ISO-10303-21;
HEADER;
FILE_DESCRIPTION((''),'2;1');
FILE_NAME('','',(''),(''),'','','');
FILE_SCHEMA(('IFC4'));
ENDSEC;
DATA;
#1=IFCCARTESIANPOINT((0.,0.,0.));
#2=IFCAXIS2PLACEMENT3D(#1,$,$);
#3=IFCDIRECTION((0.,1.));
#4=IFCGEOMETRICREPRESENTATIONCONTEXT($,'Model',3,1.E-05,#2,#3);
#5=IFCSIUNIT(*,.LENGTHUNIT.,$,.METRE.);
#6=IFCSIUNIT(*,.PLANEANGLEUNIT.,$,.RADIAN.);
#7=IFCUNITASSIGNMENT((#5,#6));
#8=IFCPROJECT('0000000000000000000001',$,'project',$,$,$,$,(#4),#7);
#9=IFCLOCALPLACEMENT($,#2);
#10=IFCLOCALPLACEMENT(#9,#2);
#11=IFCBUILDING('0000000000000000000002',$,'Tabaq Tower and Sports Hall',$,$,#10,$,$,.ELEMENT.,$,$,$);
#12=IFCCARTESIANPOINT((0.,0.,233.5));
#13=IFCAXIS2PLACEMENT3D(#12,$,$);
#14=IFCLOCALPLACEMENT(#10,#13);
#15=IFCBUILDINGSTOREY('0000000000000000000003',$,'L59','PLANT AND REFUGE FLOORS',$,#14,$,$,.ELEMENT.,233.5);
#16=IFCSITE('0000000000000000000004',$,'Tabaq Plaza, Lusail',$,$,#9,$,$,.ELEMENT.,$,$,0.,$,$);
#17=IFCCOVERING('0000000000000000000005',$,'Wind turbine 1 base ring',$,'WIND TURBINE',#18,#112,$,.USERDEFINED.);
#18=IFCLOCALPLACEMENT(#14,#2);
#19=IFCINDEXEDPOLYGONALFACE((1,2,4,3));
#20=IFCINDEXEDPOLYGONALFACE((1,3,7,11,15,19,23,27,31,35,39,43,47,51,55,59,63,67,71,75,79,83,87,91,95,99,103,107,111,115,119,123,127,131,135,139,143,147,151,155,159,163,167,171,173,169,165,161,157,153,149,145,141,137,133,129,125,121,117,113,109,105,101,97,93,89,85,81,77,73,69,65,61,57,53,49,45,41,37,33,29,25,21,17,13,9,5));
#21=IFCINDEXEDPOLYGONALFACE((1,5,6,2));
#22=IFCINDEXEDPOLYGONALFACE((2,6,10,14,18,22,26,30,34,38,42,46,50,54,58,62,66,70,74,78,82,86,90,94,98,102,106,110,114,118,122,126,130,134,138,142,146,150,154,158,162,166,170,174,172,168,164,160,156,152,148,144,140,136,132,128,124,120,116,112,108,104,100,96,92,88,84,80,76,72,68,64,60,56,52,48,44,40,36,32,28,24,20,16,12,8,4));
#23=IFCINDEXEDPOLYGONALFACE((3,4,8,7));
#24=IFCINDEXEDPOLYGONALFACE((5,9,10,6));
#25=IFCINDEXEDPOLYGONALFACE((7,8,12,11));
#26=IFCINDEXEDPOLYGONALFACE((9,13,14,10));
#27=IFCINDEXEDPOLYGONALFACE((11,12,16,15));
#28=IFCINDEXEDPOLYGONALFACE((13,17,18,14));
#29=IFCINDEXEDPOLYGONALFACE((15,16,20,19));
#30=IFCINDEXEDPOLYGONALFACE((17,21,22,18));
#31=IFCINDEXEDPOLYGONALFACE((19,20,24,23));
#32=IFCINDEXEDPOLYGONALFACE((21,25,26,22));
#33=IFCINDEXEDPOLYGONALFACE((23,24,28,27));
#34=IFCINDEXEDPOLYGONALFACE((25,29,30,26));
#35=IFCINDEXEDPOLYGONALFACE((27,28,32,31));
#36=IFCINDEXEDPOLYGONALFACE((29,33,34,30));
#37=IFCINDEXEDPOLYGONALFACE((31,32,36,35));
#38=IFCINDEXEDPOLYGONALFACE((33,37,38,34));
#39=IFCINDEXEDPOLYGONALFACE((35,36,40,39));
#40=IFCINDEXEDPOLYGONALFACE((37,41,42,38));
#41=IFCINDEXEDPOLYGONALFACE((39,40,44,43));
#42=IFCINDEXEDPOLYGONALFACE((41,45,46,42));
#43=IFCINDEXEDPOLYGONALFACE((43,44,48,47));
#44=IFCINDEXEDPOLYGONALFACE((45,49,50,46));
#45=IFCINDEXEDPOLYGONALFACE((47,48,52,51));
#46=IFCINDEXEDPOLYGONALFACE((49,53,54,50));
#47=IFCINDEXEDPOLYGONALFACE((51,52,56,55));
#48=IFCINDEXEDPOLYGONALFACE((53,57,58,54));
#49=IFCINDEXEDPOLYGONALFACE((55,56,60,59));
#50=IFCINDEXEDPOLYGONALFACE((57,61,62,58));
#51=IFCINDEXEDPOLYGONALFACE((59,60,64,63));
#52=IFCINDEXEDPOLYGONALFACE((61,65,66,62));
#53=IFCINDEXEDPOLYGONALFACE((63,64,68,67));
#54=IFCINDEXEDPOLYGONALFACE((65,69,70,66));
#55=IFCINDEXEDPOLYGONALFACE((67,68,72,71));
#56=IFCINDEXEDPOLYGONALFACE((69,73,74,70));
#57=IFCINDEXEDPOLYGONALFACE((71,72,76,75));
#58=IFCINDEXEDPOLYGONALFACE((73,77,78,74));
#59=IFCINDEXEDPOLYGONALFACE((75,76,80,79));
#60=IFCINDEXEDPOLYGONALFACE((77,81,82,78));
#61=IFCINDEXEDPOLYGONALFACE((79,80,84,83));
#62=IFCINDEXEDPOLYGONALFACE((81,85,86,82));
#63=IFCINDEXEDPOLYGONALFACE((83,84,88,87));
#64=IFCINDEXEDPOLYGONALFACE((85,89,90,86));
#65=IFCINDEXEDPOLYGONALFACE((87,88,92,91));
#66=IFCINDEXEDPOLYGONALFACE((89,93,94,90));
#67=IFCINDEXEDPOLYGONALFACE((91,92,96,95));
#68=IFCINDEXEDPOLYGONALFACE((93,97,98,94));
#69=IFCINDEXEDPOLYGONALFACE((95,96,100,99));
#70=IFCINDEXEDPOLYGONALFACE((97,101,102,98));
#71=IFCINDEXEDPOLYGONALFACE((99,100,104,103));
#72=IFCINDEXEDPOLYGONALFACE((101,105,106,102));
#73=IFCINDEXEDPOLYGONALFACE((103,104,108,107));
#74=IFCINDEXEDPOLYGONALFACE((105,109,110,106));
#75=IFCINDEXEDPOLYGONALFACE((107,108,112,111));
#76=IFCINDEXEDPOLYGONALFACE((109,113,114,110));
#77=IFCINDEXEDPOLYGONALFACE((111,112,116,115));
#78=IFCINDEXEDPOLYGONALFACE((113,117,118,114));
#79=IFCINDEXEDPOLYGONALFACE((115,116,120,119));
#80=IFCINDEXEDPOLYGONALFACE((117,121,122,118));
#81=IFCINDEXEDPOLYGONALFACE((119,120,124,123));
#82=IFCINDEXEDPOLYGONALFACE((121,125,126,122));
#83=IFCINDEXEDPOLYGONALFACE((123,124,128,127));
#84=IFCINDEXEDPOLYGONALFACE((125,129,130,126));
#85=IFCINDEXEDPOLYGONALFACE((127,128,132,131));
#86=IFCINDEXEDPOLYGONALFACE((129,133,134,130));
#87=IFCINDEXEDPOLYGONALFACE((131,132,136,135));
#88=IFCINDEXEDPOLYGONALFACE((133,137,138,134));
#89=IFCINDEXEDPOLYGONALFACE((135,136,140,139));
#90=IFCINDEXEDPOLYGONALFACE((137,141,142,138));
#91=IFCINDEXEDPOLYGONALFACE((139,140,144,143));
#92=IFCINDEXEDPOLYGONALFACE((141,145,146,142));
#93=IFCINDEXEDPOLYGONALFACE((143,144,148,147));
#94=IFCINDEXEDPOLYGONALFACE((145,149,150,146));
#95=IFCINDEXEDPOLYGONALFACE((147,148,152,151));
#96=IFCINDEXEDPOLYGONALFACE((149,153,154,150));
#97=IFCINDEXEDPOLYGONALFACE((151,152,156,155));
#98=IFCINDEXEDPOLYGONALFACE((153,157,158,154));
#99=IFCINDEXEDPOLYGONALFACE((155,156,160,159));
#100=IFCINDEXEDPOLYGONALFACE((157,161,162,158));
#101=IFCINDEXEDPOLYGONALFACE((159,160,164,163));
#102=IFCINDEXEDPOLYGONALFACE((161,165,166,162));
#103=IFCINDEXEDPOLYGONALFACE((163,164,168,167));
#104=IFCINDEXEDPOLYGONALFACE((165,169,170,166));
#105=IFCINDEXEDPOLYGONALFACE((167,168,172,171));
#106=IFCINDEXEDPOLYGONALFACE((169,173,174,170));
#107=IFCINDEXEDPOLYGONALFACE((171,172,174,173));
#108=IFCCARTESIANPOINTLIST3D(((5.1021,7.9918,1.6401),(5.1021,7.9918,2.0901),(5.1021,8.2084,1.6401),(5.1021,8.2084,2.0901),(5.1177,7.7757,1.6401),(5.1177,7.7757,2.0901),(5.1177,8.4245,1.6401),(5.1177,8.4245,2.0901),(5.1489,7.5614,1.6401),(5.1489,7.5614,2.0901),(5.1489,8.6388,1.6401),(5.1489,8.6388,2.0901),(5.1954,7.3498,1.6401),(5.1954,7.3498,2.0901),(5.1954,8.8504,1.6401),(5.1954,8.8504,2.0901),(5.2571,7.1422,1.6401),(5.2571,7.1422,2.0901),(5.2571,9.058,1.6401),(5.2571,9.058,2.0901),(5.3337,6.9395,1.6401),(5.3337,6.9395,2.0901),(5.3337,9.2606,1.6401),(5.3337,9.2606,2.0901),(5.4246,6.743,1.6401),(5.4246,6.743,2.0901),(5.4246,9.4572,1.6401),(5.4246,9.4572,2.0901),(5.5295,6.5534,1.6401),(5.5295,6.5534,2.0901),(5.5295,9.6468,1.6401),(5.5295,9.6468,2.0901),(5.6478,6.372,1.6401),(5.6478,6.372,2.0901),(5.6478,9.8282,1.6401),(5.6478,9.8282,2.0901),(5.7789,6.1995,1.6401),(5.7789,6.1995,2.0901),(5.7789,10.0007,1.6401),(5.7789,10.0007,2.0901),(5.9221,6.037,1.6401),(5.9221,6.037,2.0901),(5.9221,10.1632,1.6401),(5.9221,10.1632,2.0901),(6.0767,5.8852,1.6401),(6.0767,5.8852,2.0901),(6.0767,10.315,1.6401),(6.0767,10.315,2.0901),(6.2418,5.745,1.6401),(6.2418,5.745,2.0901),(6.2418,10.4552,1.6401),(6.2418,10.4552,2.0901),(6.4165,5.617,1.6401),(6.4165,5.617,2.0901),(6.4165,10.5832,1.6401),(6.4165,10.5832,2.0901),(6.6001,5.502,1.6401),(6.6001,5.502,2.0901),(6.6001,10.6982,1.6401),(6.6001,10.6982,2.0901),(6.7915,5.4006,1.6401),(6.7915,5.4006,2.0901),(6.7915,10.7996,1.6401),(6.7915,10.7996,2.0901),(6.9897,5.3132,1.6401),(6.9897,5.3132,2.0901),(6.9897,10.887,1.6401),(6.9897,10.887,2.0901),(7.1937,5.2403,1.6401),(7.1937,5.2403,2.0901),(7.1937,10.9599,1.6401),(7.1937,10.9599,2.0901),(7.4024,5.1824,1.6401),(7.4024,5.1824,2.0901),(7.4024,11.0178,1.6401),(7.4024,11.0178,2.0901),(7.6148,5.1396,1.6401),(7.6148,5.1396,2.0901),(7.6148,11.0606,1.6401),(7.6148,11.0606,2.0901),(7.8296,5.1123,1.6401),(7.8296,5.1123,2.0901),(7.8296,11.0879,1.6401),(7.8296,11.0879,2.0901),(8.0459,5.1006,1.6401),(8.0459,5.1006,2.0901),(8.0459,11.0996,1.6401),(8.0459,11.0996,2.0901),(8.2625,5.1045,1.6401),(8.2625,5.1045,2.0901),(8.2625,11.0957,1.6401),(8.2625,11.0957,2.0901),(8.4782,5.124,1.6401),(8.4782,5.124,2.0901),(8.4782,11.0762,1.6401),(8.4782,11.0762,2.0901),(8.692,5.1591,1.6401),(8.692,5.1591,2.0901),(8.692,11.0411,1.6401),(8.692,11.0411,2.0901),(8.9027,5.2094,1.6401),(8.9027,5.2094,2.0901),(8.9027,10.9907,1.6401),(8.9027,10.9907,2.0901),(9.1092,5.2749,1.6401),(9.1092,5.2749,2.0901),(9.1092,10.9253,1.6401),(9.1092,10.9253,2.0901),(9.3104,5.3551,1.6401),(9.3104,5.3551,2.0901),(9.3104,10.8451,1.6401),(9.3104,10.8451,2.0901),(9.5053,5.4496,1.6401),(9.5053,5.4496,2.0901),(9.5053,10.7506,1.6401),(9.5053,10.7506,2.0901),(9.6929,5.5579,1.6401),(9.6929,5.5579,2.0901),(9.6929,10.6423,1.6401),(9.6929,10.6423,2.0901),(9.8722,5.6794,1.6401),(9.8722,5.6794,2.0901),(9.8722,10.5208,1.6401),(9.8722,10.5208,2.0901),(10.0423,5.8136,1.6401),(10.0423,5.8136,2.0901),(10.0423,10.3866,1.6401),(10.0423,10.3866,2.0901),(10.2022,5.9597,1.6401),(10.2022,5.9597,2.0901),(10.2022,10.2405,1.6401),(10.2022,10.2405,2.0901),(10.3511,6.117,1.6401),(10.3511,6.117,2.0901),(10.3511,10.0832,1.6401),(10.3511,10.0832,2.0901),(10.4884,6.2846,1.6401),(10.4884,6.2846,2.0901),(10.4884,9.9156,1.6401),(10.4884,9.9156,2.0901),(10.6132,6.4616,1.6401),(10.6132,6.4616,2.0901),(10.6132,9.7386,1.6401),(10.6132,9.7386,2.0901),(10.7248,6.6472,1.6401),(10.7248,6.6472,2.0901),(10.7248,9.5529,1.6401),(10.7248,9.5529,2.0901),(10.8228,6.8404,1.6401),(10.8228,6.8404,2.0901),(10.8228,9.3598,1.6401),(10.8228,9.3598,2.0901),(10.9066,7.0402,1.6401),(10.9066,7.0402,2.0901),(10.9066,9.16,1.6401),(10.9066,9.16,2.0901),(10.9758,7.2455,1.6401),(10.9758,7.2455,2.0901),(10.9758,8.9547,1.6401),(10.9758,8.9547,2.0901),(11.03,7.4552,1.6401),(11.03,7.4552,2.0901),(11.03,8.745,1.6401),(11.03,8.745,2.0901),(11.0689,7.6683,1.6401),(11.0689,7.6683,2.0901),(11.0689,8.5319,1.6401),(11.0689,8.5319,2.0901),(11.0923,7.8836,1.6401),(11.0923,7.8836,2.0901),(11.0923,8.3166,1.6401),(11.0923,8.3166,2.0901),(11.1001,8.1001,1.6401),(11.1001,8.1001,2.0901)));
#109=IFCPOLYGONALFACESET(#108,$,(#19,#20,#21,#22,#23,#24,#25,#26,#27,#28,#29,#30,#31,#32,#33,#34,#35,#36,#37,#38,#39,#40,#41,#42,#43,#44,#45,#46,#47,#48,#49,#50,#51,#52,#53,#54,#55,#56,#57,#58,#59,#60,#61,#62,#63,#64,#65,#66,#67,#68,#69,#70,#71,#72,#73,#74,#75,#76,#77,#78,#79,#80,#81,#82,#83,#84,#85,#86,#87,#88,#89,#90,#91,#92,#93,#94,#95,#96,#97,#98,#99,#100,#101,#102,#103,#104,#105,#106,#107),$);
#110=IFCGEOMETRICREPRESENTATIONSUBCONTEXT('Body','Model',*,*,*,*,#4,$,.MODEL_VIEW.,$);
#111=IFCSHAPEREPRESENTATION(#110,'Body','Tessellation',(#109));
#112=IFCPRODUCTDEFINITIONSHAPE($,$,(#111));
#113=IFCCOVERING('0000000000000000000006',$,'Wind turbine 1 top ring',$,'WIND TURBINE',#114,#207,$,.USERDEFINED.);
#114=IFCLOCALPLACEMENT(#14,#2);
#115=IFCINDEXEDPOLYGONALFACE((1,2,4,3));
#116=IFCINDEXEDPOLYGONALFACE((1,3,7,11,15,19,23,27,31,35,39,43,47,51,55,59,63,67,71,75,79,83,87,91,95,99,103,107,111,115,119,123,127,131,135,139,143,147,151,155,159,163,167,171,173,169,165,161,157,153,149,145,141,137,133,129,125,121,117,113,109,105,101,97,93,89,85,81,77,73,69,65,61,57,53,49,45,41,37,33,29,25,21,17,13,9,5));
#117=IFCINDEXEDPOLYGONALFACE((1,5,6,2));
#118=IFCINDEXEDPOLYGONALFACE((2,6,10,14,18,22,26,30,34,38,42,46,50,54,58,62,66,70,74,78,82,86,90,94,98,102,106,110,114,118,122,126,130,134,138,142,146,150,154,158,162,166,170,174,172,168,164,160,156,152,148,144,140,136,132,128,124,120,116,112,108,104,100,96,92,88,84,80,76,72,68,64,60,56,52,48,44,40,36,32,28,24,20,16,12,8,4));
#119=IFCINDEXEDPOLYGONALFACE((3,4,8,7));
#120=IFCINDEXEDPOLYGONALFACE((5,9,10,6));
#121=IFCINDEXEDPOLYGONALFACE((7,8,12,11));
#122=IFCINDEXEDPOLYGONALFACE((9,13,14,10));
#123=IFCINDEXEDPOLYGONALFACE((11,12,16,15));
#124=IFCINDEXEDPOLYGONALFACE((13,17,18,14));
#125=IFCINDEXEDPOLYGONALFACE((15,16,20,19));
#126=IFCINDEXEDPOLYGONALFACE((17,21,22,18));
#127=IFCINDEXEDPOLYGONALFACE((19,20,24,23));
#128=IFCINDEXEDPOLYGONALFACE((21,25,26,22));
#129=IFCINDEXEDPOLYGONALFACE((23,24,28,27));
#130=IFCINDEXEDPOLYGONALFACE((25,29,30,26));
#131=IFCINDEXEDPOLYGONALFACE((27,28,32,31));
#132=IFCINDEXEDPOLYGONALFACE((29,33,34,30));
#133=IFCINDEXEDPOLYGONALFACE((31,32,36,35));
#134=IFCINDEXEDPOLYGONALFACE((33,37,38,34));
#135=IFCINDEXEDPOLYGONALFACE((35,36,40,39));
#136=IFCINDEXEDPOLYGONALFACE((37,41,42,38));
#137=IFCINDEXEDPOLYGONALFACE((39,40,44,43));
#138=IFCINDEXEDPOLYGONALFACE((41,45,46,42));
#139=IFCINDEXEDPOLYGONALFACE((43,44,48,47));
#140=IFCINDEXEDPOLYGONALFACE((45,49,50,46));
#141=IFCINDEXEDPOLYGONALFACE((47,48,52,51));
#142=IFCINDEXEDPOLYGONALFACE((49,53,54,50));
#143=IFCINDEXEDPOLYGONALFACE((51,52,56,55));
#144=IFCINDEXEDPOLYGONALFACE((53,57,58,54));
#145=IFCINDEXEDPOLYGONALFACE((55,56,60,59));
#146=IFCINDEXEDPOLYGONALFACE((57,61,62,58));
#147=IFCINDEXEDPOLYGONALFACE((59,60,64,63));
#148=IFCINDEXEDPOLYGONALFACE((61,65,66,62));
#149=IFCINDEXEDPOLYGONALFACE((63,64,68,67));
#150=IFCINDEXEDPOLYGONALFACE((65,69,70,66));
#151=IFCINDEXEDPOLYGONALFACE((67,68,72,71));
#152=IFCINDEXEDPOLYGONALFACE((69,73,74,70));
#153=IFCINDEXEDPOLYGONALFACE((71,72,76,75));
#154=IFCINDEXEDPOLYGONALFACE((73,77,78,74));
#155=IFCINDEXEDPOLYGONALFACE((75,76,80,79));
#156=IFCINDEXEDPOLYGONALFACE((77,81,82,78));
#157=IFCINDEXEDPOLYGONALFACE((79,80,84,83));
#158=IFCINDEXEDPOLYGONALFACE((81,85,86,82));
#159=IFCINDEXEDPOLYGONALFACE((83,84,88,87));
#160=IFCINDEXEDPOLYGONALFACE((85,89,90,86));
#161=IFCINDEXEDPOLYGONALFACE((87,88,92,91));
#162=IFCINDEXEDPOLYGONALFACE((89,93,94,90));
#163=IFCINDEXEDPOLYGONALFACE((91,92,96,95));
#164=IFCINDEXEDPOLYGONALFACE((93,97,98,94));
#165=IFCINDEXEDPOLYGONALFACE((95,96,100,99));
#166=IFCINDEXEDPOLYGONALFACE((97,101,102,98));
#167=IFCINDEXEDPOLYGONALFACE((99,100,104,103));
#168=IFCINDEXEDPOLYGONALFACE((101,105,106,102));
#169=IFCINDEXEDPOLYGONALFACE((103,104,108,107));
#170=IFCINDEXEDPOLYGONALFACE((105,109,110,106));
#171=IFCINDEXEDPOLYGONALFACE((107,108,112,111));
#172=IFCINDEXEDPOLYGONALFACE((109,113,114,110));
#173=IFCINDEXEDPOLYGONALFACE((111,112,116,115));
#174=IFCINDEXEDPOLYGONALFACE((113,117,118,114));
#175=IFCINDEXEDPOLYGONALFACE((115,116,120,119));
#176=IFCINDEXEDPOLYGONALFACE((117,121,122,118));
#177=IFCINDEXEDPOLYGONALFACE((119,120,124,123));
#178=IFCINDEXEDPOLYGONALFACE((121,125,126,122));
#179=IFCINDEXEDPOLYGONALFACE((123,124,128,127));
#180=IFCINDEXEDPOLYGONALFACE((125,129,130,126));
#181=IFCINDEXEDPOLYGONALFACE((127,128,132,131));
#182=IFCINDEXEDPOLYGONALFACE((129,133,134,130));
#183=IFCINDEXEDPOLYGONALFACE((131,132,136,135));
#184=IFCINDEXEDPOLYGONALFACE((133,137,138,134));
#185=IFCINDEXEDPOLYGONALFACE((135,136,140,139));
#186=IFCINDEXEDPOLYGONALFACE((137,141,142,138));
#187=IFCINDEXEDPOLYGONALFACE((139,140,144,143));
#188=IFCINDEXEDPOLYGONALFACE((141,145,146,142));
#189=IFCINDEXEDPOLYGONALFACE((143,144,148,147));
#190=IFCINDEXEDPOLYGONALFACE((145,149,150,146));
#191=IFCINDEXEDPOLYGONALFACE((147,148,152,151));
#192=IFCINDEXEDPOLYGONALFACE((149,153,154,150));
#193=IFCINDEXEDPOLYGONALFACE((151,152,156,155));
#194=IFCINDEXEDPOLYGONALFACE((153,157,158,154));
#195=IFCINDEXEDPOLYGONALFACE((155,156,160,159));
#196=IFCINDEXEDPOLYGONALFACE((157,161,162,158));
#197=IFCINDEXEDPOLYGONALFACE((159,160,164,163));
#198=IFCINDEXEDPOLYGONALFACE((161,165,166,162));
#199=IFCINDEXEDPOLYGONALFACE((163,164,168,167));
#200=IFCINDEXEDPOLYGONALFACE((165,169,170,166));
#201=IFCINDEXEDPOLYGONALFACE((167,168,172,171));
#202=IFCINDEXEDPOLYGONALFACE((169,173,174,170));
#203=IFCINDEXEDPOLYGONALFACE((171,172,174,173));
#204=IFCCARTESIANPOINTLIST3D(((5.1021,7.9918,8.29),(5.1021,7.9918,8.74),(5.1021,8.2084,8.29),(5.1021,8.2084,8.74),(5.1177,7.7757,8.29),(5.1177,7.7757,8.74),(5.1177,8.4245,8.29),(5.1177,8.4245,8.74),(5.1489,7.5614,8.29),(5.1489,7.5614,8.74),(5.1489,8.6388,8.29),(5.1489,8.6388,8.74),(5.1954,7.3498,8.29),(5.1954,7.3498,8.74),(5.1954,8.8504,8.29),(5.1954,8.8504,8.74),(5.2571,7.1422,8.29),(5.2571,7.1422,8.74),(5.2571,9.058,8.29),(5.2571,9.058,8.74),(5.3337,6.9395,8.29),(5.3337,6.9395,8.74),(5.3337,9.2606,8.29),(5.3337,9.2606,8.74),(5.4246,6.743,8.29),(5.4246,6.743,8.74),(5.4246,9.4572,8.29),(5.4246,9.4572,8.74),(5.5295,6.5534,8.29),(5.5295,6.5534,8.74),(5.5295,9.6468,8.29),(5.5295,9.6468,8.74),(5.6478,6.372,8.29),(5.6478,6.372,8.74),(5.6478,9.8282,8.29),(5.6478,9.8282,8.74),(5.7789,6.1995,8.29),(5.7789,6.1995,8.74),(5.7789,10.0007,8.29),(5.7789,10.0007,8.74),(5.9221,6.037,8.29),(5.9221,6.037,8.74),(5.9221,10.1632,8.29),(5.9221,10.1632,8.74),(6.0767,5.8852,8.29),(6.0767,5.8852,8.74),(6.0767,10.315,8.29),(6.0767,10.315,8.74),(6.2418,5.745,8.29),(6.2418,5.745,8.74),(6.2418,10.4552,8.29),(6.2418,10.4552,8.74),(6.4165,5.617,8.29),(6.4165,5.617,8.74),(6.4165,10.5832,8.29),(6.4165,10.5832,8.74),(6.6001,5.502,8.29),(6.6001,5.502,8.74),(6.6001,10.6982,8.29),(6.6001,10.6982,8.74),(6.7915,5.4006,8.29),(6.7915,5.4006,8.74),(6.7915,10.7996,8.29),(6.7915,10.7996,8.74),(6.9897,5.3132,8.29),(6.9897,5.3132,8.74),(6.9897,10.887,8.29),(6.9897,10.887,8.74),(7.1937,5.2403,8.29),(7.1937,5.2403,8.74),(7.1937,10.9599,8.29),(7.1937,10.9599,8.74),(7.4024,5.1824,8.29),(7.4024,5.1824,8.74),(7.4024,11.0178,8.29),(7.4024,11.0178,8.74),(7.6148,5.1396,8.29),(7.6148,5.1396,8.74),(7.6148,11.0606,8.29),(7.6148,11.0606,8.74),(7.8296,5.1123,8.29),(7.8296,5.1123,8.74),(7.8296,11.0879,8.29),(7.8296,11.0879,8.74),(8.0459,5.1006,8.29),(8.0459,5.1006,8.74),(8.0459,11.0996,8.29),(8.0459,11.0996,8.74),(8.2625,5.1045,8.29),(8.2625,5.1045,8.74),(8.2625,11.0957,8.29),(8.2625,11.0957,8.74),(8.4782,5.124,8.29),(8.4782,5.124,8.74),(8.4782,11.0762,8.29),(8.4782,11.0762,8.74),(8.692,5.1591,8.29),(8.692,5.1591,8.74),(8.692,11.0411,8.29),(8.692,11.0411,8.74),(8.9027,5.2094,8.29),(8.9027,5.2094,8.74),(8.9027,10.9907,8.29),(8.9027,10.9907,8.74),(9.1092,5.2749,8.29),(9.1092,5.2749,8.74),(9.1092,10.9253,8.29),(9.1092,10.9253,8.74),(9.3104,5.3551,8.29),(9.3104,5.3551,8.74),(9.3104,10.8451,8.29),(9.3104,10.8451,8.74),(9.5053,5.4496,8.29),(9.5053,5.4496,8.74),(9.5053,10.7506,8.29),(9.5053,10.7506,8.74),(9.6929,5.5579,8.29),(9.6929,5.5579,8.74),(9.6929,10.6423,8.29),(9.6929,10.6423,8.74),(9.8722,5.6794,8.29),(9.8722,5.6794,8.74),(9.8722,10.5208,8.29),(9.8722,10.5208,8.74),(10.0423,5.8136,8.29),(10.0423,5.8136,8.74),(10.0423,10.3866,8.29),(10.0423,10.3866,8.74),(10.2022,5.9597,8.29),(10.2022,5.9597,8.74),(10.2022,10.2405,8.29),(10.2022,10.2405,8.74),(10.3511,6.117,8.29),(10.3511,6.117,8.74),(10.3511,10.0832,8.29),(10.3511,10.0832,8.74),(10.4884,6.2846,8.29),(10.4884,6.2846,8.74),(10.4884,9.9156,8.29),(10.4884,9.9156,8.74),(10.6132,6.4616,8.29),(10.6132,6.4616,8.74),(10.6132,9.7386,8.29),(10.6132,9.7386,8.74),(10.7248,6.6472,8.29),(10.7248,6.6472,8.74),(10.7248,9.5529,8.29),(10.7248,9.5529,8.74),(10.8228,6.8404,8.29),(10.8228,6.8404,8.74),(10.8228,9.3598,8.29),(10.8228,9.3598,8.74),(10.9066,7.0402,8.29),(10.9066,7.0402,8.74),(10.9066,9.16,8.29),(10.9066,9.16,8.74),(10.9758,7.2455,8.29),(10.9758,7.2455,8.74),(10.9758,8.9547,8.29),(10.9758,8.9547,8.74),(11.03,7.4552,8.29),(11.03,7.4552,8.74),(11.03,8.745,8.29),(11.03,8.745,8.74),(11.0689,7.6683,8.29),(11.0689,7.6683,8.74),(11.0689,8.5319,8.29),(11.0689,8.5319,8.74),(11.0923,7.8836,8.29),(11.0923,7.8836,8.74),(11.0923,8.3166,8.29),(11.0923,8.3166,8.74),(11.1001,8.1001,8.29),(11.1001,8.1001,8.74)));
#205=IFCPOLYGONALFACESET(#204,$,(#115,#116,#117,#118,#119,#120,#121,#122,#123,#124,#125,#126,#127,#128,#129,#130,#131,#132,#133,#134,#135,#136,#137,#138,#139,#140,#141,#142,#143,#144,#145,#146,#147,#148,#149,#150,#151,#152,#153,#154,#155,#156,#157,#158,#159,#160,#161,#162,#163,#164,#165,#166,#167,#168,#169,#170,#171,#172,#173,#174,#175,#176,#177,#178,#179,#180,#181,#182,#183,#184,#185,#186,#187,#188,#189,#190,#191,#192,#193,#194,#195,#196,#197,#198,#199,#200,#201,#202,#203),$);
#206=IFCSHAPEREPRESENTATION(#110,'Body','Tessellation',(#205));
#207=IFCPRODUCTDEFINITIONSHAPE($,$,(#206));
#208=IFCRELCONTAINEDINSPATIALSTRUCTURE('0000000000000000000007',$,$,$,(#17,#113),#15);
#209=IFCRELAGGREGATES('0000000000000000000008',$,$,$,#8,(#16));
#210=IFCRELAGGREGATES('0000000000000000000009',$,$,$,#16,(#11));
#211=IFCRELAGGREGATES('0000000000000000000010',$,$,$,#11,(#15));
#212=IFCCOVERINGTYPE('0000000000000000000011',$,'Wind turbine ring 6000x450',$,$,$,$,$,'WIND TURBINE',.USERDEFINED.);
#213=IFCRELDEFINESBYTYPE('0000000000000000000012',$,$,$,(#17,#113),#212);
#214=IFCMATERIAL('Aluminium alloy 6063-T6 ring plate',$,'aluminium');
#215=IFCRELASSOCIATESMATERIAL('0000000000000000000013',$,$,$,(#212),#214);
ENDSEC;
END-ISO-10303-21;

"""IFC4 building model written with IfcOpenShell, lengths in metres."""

from ifc_helpers import new_model, si_unit, direction, frame, origin, origin_2d, place, context, subcontext, project, spatial, circle, extrude, material, material_profile, profile_set, type_object, element, save


model = new_model("IFC4")

# Units and contexts
model_context = context("Model", 3, precision=1e-05, world=origin(), true_north=direction((0.0, 1.0)))
body_context = subcontext(model_context, "Body", "Model", "MODEL_VIEW")
ifc_project = project(units=[si_unit("LENGTHUNIT", "METRE"), si_unit("PLANEANGLEUNIT", "RADIAN")], contexts=[model_context])

# Site, building, storey
site_placement = place(None, origin())
site = spatial("IfcSite", under=ifc_project, at=site_placement, Name="Tabaq Plaza, Lusail", CompositionType="ELEMENT", RefElevation=0.0)
building_placement = place(site_placement, origin())
building = spatial("IfcBuilding", under=site, at=building_placement, Name="Tabaq Tower and Sports Hall", CompositionType="ELEMENT")
storey_placement = place(building_placement, frame((0.0, 0.0, 233.5)))
storey = spatial("IfcBuildingStorey", under=building, at=storey_placement, Name="L59", Description="PLANT AND REFUGE FLOORS", CompositionType="ELEMENT", Elevation=233.5)

# Coverings
ifc_material_1 = material(Name="Aluminium alloy 6063-T6 ring plate", Category="aluminium")
ifc_material_profile_1 = material_profile(ifc_material_1, circle(Radius=3.0, at=origin_2d()), Name="Wind turbine ring 6000x450")
ifc_profile_set_1 = profile_set([ifc_material_profile_1], Name="Aluminium alloy 6063-T6 ring plate")
covering_type_1 = type_object("IfcCoveringType", Name="Wind turbine ring 6000x450", ElementType="WIND TURBINE", PredefinedType="USERDEFINED", material=ifc_profile_set_1)
for number, where, z_axis, x_axis, name in (
    (1, (8.1001, 8.1001, 2.0901), (0.0, 0.0, -1.0), (1.0, 0.0, 0.0), "Wind turbine 1 base ring"),
    (2, (8.1001, 8.1001, 8.74), (0.0, 0.0, -1.0), (1.0, 0.0, 0.0), "Wind turbine 1 top ring"),
):
    element("IfcCovering", number, at=place(storey_placement, frame(where, z_axis=z_axis, x_axis=x_axis)), inside=storey, type_object=covering_type_1, Name=name, ObjectType="WIND TURBINE", PredefinedType="USERDEFINED", context=body_context, shape_type="SweptSolid", body=[
        extrude(circle(Radius=3.0, at=origin_2d()), origin(), (0.0, 0.0, 1.0), 0.45),
    ])

save(model, "model.ifc")
